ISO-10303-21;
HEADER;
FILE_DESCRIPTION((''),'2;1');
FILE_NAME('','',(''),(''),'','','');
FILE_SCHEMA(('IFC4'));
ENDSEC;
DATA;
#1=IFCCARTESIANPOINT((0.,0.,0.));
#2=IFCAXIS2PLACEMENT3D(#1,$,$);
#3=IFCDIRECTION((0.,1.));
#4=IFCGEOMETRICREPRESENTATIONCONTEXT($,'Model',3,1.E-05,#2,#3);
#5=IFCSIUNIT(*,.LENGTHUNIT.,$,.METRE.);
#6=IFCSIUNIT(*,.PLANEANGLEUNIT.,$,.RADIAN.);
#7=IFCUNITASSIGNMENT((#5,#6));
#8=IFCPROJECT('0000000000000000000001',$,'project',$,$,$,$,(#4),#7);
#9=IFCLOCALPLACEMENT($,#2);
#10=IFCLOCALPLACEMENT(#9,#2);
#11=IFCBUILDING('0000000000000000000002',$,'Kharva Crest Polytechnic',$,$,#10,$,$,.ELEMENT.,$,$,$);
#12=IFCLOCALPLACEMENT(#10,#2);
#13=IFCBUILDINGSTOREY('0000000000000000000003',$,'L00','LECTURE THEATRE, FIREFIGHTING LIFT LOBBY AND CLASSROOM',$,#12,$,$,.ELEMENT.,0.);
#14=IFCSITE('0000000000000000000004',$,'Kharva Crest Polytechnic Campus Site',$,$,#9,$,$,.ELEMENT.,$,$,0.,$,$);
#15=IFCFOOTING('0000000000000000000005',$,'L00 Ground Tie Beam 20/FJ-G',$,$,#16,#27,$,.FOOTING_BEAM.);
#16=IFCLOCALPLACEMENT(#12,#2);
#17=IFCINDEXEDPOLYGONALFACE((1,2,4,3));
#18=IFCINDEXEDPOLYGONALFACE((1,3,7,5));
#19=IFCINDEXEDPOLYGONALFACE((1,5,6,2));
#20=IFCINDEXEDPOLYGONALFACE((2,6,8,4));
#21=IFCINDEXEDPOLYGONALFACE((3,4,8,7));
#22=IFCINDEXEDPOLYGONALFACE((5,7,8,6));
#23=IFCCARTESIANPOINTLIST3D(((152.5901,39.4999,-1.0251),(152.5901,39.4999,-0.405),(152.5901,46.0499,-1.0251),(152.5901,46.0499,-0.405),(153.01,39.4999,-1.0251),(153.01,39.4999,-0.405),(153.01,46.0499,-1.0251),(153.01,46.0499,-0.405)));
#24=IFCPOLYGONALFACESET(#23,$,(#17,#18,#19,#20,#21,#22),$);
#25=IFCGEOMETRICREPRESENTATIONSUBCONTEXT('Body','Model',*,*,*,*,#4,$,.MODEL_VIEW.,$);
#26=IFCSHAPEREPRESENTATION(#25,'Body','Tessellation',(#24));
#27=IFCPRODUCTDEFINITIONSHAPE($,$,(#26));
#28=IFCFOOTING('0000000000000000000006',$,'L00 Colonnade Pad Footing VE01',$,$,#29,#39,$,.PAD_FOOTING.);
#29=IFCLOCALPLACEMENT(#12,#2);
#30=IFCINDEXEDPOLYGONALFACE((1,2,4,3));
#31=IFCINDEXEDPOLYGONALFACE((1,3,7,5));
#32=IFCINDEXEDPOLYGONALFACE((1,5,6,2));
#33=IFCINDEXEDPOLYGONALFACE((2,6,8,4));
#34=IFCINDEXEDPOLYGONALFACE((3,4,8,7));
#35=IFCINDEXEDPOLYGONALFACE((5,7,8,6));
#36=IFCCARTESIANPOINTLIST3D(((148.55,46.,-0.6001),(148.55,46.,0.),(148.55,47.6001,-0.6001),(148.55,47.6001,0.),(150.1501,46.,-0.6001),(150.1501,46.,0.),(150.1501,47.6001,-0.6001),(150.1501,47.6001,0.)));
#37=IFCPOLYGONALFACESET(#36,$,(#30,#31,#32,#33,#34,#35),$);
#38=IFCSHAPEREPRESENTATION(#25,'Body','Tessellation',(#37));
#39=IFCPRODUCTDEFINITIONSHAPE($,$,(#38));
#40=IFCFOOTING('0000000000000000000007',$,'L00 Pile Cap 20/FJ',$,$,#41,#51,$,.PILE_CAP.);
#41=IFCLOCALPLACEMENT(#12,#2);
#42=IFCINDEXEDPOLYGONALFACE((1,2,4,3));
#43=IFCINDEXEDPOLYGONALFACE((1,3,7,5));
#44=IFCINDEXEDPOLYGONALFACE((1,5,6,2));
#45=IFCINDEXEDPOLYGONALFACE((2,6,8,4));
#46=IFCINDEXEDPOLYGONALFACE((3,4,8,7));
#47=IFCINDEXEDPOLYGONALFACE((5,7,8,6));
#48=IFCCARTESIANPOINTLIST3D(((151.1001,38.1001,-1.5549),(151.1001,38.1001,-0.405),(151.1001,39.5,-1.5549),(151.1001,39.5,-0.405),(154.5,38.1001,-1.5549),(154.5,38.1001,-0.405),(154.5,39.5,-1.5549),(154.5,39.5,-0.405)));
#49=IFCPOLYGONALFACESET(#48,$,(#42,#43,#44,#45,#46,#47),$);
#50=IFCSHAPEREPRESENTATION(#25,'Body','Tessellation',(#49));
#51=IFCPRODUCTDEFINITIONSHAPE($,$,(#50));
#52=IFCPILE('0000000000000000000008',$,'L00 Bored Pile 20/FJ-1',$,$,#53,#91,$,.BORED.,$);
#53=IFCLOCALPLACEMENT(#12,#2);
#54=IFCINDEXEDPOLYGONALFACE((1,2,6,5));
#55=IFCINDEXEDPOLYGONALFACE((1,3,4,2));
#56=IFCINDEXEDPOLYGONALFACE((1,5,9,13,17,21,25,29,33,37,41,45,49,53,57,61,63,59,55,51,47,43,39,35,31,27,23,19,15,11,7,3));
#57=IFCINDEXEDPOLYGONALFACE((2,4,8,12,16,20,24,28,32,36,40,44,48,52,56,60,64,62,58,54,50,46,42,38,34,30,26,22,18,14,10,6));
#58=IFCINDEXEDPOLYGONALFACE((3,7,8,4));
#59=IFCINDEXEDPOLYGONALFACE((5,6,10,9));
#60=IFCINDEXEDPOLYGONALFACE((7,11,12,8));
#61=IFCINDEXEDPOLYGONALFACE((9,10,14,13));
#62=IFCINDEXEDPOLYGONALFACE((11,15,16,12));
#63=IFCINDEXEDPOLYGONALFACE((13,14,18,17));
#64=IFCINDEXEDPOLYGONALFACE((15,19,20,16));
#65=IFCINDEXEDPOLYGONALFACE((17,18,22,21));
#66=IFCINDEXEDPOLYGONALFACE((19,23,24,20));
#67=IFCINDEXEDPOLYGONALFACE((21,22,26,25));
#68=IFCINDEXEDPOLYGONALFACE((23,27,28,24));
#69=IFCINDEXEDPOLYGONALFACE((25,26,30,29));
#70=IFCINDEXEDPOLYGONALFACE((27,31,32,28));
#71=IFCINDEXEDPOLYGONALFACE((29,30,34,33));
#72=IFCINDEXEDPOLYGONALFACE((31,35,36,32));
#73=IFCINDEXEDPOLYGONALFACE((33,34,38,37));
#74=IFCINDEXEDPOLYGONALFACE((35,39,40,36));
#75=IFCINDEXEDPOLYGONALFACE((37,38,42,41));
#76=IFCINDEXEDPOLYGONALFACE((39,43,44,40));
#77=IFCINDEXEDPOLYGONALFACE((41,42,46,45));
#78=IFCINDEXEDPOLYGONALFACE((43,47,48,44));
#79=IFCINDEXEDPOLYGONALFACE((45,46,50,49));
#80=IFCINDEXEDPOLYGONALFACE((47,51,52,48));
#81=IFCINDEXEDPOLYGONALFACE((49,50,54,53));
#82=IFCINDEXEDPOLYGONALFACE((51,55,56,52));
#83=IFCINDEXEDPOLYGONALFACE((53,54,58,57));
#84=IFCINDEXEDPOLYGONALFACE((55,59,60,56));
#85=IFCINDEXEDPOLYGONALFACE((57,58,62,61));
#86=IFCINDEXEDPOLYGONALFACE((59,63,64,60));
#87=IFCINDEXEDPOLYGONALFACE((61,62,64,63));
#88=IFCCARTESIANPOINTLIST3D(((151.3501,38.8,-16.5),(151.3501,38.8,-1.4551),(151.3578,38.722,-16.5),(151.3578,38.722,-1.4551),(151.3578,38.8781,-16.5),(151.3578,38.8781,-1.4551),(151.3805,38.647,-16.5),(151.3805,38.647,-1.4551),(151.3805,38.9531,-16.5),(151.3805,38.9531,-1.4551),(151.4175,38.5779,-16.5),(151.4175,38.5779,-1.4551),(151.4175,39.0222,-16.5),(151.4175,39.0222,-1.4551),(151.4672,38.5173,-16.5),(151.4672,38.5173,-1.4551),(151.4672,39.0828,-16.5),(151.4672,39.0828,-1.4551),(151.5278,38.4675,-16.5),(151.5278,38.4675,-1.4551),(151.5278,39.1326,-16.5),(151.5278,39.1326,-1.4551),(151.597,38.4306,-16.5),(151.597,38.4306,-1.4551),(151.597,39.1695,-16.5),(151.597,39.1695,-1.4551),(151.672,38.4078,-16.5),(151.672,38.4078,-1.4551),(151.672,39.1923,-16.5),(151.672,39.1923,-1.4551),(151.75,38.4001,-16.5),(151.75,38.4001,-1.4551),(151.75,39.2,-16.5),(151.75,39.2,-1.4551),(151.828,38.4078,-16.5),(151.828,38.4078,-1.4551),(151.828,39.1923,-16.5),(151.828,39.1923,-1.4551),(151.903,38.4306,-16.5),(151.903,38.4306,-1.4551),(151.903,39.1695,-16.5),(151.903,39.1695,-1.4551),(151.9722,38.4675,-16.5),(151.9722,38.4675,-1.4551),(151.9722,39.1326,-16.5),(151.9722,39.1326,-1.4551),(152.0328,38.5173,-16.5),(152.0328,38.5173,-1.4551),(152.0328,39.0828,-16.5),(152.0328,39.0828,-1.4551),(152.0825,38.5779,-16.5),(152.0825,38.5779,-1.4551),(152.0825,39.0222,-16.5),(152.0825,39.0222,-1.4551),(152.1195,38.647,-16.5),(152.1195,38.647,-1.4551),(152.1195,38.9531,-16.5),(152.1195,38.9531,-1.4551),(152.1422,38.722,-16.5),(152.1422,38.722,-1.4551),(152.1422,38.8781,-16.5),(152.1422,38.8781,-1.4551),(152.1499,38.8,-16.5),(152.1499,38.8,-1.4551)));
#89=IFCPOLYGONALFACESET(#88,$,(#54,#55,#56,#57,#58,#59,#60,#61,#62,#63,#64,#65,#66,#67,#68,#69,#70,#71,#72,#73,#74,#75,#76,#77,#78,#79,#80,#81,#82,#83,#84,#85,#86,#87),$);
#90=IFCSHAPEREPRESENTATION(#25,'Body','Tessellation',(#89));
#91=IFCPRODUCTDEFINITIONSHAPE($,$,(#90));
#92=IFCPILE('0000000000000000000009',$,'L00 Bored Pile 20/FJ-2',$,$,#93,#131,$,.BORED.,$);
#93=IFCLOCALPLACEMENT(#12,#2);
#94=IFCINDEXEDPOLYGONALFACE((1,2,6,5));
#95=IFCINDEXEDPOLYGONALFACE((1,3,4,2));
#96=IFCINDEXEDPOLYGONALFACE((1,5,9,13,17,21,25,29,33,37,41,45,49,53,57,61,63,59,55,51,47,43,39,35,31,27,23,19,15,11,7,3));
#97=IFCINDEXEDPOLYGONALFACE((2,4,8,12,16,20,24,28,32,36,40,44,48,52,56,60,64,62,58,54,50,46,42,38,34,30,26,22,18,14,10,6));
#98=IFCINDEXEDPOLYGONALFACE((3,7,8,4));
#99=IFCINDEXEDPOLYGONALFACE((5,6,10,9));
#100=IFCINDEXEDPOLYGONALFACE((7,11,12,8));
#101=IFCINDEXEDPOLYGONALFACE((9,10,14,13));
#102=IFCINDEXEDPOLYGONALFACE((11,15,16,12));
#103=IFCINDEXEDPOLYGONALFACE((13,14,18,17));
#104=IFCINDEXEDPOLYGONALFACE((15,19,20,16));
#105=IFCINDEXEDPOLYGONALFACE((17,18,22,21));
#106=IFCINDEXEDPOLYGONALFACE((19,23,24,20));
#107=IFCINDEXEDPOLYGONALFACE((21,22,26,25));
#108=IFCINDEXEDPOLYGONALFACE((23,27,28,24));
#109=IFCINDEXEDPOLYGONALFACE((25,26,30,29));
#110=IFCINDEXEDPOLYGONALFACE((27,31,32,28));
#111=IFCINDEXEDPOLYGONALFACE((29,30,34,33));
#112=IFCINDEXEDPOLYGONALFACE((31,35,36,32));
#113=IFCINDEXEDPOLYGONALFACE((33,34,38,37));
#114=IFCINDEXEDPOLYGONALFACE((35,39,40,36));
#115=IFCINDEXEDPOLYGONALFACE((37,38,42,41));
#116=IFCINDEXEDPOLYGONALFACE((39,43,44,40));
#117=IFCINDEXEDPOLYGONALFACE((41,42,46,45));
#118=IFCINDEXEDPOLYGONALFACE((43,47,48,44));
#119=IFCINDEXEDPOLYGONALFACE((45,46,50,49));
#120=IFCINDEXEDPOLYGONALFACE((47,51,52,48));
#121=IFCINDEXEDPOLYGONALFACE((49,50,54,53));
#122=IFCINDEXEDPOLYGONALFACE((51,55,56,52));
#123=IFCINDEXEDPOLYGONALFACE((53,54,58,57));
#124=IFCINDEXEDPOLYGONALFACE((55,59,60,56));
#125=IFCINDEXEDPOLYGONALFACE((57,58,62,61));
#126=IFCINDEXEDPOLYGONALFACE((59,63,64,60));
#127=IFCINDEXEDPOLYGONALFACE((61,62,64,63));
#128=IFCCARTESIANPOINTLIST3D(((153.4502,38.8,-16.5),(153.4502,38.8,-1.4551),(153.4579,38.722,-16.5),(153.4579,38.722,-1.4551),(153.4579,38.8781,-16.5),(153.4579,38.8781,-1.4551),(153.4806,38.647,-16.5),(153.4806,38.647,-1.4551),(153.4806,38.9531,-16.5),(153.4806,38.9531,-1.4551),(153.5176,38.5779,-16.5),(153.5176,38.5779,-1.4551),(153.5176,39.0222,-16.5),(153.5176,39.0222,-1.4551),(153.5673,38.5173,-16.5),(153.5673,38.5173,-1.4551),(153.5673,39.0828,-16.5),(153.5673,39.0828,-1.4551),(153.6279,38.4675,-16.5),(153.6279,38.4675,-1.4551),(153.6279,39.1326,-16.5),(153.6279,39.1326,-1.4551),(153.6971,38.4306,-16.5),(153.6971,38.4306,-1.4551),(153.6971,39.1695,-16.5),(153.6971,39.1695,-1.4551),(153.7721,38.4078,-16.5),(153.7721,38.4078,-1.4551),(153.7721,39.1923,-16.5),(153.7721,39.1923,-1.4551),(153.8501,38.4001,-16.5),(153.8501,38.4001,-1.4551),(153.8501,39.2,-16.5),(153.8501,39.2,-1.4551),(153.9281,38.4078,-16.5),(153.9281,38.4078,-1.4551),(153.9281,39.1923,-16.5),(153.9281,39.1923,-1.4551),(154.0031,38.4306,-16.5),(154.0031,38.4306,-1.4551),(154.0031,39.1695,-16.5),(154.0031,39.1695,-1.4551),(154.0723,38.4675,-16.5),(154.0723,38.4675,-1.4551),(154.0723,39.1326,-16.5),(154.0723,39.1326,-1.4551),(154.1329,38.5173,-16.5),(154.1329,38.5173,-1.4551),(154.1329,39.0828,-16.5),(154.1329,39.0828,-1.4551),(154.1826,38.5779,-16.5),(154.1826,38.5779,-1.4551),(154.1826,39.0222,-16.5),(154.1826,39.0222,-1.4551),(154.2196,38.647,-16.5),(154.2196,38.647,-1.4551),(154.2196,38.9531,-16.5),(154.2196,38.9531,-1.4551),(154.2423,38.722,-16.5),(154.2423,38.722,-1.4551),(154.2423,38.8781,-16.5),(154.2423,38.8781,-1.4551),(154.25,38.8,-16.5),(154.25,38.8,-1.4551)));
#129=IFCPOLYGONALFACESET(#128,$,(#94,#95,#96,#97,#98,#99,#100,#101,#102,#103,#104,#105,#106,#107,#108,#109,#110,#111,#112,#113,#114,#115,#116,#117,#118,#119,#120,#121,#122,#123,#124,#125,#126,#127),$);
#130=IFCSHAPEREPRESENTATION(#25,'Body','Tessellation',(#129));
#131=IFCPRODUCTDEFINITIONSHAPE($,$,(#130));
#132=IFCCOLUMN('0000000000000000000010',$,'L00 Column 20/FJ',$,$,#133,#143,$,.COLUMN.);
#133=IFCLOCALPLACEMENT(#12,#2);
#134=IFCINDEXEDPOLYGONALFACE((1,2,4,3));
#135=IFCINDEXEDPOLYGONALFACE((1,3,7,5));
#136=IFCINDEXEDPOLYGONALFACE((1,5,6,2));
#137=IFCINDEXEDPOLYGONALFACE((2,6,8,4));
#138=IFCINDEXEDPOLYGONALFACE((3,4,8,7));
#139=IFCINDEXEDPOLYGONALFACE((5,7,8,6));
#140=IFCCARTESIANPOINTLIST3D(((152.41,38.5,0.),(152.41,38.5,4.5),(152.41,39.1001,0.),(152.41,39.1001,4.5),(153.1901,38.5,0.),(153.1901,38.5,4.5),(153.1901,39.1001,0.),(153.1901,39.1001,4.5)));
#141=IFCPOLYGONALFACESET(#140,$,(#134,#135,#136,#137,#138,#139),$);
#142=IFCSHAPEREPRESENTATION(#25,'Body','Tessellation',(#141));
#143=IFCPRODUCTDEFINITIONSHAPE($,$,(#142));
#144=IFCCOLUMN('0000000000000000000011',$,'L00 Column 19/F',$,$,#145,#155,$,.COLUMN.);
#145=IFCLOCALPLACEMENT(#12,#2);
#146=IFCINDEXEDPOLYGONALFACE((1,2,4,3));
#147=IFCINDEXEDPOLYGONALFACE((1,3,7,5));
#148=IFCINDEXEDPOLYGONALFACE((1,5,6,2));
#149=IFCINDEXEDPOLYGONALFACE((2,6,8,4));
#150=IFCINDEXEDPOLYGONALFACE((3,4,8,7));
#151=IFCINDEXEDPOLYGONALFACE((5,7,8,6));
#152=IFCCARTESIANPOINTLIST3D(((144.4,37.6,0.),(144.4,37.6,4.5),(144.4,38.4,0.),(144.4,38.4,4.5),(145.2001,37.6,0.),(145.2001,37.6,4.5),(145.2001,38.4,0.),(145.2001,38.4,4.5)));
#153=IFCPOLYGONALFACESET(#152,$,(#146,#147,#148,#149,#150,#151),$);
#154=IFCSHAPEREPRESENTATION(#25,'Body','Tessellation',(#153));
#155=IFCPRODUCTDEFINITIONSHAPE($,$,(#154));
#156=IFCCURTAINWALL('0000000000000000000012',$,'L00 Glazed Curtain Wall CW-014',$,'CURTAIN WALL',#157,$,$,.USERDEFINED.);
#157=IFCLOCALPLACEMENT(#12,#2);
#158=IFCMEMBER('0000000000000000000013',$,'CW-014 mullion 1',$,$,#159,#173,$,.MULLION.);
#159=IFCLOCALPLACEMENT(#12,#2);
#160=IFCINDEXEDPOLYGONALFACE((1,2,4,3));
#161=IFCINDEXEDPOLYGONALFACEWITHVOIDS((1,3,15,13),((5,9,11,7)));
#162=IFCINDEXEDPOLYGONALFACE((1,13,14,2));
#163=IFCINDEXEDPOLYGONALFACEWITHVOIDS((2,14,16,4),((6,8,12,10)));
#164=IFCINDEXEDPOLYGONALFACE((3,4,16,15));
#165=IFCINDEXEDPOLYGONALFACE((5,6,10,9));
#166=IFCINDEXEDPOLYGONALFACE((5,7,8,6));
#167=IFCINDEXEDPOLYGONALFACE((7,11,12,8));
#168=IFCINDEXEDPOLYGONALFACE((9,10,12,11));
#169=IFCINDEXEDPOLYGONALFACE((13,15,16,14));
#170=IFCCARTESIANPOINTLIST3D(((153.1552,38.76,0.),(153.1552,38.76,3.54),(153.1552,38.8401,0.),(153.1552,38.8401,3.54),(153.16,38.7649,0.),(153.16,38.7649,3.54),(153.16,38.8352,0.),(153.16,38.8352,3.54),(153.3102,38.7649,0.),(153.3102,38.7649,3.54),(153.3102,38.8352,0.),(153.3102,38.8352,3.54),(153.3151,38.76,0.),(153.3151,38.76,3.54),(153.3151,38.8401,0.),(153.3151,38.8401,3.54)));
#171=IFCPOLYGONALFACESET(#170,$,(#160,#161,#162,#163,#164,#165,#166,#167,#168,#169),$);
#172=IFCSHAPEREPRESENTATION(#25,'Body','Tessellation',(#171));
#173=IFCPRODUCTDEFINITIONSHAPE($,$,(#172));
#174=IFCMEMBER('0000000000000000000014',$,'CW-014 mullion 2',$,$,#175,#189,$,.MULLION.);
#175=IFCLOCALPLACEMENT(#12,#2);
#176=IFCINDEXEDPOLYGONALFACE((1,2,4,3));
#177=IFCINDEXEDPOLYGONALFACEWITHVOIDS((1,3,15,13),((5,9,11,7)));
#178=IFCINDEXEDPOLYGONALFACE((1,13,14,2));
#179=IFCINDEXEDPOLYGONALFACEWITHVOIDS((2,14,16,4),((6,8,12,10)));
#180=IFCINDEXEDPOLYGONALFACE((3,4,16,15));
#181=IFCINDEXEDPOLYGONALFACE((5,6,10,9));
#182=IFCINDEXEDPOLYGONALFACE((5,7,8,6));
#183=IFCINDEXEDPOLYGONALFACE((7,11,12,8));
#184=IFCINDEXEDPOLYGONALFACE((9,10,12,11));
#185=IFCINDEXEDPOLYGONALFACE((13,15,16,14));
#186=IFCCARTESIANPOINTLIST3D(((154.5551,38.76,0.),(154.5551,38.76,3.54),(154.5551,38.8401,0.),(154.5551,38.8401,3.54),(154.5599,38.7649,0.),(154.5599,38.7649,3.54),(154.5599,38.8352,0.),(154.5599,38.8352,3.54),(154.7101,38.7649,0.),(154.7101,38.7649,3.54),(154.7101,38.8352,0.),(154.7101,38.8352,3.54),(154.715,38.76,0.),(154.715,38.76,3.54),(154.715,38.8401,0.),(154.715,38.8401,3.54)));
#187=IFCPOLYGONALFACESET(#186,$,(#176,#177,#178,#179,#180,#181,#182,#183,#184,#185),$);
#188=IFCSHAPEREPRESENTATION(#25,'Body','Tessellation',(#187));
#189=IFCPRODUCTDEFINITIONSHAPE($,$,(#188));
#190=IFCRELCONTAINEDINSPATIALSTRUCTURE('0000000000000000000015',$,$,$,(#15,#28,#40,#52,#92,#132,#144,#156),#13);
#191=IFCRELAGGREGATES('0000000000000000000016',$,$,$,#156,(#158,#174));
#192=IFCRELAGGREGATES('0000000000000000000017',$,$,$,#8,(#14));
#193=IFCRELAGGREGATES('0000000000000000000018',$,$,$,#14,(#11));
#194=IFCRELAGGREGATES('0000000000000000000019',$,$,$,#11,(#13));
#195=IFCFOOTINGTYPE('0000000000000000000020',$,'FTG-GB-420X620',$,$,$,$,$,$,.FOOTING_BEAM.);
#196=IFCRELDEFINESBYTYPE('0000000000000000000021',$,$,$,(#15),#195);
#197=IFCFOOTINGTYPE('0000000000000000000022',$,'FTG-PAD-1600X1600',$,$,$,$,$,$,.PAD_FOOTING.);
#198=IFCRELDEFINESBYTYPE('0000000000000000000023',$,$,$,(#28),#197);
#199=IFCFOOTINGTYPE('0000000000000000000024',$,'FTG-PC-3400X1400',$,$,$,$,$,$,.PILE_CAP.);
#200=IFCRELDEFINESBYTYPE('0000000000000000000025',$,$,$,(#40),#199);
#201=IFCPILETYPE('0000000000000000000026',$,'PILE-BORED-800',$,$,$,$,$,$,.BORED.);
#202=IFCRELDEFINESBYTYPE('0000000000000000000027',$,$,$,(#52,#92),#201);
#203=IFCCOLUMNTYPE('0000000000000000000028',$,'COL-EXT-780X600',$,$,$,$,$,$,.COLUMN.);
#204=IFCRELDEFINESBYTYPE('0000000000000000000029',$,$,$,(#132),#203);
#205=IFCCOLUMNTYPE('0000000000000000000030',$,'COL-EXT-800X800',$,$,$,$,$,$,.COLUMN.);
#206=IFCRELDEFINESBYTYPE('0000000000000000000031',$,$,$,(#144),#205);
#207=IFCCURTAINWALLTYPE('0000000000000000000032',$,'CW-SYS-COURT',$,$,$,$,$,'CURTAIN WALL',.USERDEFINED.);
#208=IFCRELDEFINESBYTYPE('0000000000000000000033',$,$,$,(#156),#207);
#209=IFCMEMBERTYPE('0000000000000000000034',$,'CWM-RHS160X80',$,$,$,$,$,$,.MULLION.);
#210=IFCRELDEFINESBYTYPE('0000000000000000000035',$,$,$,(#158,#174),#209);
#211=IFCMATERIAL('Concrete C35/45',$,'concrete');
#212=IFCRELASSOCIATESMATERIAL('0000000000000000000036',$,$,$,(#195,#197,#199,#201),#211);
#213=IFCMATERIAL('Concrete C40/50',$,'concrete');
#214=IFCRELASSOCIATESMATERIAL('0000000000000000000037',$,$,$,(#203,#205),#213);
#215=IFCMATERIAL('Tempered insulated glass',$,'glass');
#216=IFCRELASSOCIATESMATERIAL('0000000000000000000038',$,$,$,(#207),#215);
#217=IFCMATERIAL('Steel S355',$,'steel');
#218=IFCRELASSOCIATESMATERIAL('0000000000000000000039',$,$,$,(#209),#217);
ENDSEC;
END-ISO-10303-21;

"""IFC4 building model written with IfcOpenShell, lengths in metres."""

from ifc_helpers import new_model, si_unit, direction, frame, origin, origin_2d, place, context, subcontext, project, spatial, rectangle, hollow_rectangle, circle, extrude, material, material_profile, profile_set, type_object, element, aggregate, save


model = new_model("IFC4")

# Units and contexts
model_context = context("Model", 3, precision=1e-05, world=origin(), true_north=direction((0.0, 1.0)))
body_context = subcontext(model_context, "Body", "Model", "MODEL_VIEW")
ifc_project = project(units=[si_unit("LENGTHUNIT", "METRE"), si_unit("PLANEANGLEUNIT", "RADIAN")], contexts=[model_context])

# Site, building, storey
site_placement = place(None, origin())
site = spatial("IfcSite", under=ifc_project, at=site_placement, Name="Kharva Crest Polytechnic Campus Site", CompositionType="ELEMENT", RefElevation=0.0)
building_placement = place(site_placement, origin())
building = spatial("IfcBuilding", under=site, at=building_placement, Name="Kharva Crest Polytechnic", CompositionType="ELEMENT")
storey_placement = place(building_placement, origin())
storey = spatial("IfcBuildingStorey", under=building, at=storey_placement, Name="L00", Description="LECTURE THEATRE, FIREFIGHTING LIFT LOBBY AND CLASSROOM", CompositionType="ELEMENT", Elevation=0.0)

# Footings
ifc_material_1 = material(Name="Concrete C35/45", Category="concrete")
footing_type_1 = type_object("IfcFootingType", Name="FTG-GB-420X620", PredefinedType="FOOTING_BEAM", material=ifc_material_1)
footing_1_placement = place(storey_placement, frame((152.8, 42.7749, -1.0251), z_axis=(0.0, 0.0, 1.0), x_axis=(0.0, 1.0, 0.0)))
element("IfcFooting", 1, at=footing_1_placement, inside=storey, type_object=footing_type_1, Name="L00 Ground Tie Beam 20/FJ-G", PredefinedType="FOOTING_BEAM", context=body_context, shape_type="SweptSolid", body=[
    extrude(rectangle(XDim=6.55, YDim=0.4199, at=origin_2d()), origin(), (0.0, 0.0, 1.0), 0.6201),
])
footing_type_2 = type_object("IfcFootingType", Name="FTG-PAD-1600X1600", PredefinedType="PAD_FOOTING", material=ifc_material_1)
footing_2_placement = place(storey_placement, frame((149.3501, 46.8, -0.6001), z_axis=(0.0, 0.0, 1.0), x_axis=(1.0, 0.0, 0.0)))
element("IfcFooting", 2, at=footing_2_placement, inside=storey, type_object=footing_type_2, Name="L00 Colonnade Pad Footing VE01", PredefinedType="PAD_FOOTING", context=body_context, shape_type="SweptSolid", body=[
    extrude(rectangle(XDim=1.6001, YDim=1.6001, at=origin_2d()), origin(), (0.0, 0.0, 1.0), 0.6001),
])
footing_type_3 = type_object("IfcFootingType", Name="FTG-PC-3400X1400", PredefinedType="PILE_CAP", material=ifc_material_1)
footing_3_placement = place(storey_placement, frame((152.8, 38.8, -1.5549), z_axis=(0.0, 0.0, 1.0), x_axis=(1.0, 0.0, 0.0)))
element("IfcFooting", 3, at=footing_3_placement, inside=storey, type_object=footing_type_3, Name="L00 Pile Cap 20/FJ", PredefinedType="PILE_CAP", context=body_context, shape_type="SweptSolid", body=[
    extrude(rectangle(XDim=3.3999, YDim=1.3999, at=origin_2d()), origin(), (0.0, 0.0, 1.0), 1.1499),
])

# Piles
ifc_material_profile_1 = material_profile(ifc_material_1, circle(Radius=0.3999, at=origin_2d()), Name="DIA 800")
ifc_profile_set_1 = profile_set([ifc_material_profile_1], Name="Concrete C35/45")
pile_type = type_object("IfcPileType", Name="PILE-BORED-800", PredefinedType="BORED", material=ifc_profile_set_1)
for number, where, z_axis, x_axis, name in (
    (4, (151.75, 38.8, -1.4551), (0.0, 0.0, -1.0), (1.0, 0.0, 0.0), "L00 Bored Pile 20/FJ-1"),
    (5, (153.8501, 38.8, -1.4551), (0.0, 0.0, -1.0), (1.0, 0.0, 0.0), "L00 Bored Pile 20/FJ-2"),
):
    element("IfcPile", number, at=place(storey_placement, frame(where, z_axis=z_axis, x_axis=x_axis)), inside=storey, type_object=pile_type, Name=name, PredefinedType="BORED", context=body_context, shape_type="SweptSolid", body=[
        extrude(circle(Radius=0.3999, at=origin_2d()), origin(), (0.0, 0.0, 1.0), 15.0449),
    ])

# Columns
ifc_material_2 = material(Name="Concrete C40/50", Category="concrete")
ifc_material_profile_2 = material_profile(ifc_material_2, rectangle(XDim=0.78, YDim=0.6001, at=origin_2d()), Name="RECT 780 X 600")
ifc_profile_set_2 = profile_set([ifc_material_profile_2], Name="Concrete C40/50")
column_type_1 = type_object("IfcColumnType", Name="COL-EXT-780X600", PredefinedType="COLUMN", material=ifc_profile_set_2)
column_1_placement = place(storey_placement, frame((152.8, 38.8, 0.0), z_axis=(0.0, 0.0, 1.0), x_axis=(1.0, 0.0, 0.0)))
element("IfcColumn", 6, at=column_1_placement, inside=storey, type_object=column_type_1, Name="L00 Column 20/FJ", PredefinedType="COLUMN", context=body_context, shape_type="SweptSolid", body=[
    extrude(rectangle(XDim=0.78, YDim=0.6001, at=origin_2d()), origin(), (0.0, 0.0, 1.0), 4.5),
])
ifc_material_profile_3 = material_profile(ifc_material_2, rectangle(XDim=0.8, YDim=0.8, at=origin_2d()), Name="RECT 800 X 800")
ifc_profile_set_3 = profile_set([ifc_material_profile_3], Name="Concrete C40/50")
column_type_2 = type_object("IfcColumnType", Name="COL-EXT-800X800", PredefinedType="COLUMN", material=ifc_profile_set_3)
column_2_placement = place(storey_placement, frame((144.8, 38.0, 0.0), z_axis=(0.0, 0.0, 1.0), x_axis=(1.0, 0.0, 0.0)))
element("IfcColumn", 7, at=column_2_placement, inside=storey, type_object=column_type_2, Name="L00 Column 19/F", PredefinedType="COLUMN", context=body_context, shape_type="SweptSolid", body=[
    extrude(rectangle(XDim=0.8, YDim=0.8, at=origin_2d()), origin(), (0.0, 0.0, 1.0), 4.5),
])

# Curtain wall, members
ifc_material_3 = material(Name="Tempered insulated glass", Category="glass")
curtain_wall_type = type_object("IfcCurtainWallType", Name="CW-SYS-COURT", ElementType="CURTAIN WALL", PredefinedType="USERDEFINED", material=ifc_material_3)
curtain_wall_placement = place(storey_placement, origin())
curtain_wall = element("IfcCurtainWall", 8, at=curtain_wall_placement, inside=storey, type_object=curtain_wall_type, Name="L00 Glazed Curtain Wall CW-014", ObjectType="CURTAIN WALL", PredefinedType="USERDEFINED")
ifc_material_4 = material(Name="Steel S355", Category="steel")
ifc_material_profile_4 = material_profile(ifc_material_4, hollow_rectangle(XDim=0.0801, YDim=0.1599, WallThickness=0.0049, at=origin_2d()), Name="RHS 160X80X5.0")
ifc_profile_set_4 = profile_set([ifc_material_profile_4], Name="Steel S355")
member_type_1 = type_object("IfcMemberType", Name="CWM-RHS160X80", PredefinedType="MULLION", material=ifc_profile_set_4)
member_1_placement = place(storey_placement, frame((153.2351, 38.8, 0.0), z_axis=(0.0, 0.0, 1.0), x_axis=(0.0, 1.0, 0.0)))
member_1 = element("IfcMember", 9, at=member_1_placement, type_object=member_type_1, Name="CW-014 mullion 1", PredefinedType="MULLION", context=body_context, shape_type="SweptSolid", body=[
    extrude(hollow_rectangle(XDim=0.0801, YDim=0.1599, WallThickness=0.0049, at=origin_2d()), origin(), (0.0, 0.0, 1.0), 3.54),
])
member_2_placement = place(storey_placement, frame((154.635, 38.8, 0.0), z_axis=(0.0, 0.0, 1.0), x_axis=(0.0, 1.0, 0.0)))
member_2 = element("IfcMember", 10, at=member_2_placement, type_object=member_type_1, Name="CW-014 mullion 2", PredefinedType="MULLION", context=body_context, shape_type="SweptSolid", body=[
    extrude(hollow_rectangle(XDim=0.0801, YDim=0.1599, WallThickness=0.0049, at=origin_2d()), origin(), (0.0, 0.0, 1.0), 3.54),
])

aggregate(curtain_wall, [member_1, member_2])

save(model, "model.ifc")
